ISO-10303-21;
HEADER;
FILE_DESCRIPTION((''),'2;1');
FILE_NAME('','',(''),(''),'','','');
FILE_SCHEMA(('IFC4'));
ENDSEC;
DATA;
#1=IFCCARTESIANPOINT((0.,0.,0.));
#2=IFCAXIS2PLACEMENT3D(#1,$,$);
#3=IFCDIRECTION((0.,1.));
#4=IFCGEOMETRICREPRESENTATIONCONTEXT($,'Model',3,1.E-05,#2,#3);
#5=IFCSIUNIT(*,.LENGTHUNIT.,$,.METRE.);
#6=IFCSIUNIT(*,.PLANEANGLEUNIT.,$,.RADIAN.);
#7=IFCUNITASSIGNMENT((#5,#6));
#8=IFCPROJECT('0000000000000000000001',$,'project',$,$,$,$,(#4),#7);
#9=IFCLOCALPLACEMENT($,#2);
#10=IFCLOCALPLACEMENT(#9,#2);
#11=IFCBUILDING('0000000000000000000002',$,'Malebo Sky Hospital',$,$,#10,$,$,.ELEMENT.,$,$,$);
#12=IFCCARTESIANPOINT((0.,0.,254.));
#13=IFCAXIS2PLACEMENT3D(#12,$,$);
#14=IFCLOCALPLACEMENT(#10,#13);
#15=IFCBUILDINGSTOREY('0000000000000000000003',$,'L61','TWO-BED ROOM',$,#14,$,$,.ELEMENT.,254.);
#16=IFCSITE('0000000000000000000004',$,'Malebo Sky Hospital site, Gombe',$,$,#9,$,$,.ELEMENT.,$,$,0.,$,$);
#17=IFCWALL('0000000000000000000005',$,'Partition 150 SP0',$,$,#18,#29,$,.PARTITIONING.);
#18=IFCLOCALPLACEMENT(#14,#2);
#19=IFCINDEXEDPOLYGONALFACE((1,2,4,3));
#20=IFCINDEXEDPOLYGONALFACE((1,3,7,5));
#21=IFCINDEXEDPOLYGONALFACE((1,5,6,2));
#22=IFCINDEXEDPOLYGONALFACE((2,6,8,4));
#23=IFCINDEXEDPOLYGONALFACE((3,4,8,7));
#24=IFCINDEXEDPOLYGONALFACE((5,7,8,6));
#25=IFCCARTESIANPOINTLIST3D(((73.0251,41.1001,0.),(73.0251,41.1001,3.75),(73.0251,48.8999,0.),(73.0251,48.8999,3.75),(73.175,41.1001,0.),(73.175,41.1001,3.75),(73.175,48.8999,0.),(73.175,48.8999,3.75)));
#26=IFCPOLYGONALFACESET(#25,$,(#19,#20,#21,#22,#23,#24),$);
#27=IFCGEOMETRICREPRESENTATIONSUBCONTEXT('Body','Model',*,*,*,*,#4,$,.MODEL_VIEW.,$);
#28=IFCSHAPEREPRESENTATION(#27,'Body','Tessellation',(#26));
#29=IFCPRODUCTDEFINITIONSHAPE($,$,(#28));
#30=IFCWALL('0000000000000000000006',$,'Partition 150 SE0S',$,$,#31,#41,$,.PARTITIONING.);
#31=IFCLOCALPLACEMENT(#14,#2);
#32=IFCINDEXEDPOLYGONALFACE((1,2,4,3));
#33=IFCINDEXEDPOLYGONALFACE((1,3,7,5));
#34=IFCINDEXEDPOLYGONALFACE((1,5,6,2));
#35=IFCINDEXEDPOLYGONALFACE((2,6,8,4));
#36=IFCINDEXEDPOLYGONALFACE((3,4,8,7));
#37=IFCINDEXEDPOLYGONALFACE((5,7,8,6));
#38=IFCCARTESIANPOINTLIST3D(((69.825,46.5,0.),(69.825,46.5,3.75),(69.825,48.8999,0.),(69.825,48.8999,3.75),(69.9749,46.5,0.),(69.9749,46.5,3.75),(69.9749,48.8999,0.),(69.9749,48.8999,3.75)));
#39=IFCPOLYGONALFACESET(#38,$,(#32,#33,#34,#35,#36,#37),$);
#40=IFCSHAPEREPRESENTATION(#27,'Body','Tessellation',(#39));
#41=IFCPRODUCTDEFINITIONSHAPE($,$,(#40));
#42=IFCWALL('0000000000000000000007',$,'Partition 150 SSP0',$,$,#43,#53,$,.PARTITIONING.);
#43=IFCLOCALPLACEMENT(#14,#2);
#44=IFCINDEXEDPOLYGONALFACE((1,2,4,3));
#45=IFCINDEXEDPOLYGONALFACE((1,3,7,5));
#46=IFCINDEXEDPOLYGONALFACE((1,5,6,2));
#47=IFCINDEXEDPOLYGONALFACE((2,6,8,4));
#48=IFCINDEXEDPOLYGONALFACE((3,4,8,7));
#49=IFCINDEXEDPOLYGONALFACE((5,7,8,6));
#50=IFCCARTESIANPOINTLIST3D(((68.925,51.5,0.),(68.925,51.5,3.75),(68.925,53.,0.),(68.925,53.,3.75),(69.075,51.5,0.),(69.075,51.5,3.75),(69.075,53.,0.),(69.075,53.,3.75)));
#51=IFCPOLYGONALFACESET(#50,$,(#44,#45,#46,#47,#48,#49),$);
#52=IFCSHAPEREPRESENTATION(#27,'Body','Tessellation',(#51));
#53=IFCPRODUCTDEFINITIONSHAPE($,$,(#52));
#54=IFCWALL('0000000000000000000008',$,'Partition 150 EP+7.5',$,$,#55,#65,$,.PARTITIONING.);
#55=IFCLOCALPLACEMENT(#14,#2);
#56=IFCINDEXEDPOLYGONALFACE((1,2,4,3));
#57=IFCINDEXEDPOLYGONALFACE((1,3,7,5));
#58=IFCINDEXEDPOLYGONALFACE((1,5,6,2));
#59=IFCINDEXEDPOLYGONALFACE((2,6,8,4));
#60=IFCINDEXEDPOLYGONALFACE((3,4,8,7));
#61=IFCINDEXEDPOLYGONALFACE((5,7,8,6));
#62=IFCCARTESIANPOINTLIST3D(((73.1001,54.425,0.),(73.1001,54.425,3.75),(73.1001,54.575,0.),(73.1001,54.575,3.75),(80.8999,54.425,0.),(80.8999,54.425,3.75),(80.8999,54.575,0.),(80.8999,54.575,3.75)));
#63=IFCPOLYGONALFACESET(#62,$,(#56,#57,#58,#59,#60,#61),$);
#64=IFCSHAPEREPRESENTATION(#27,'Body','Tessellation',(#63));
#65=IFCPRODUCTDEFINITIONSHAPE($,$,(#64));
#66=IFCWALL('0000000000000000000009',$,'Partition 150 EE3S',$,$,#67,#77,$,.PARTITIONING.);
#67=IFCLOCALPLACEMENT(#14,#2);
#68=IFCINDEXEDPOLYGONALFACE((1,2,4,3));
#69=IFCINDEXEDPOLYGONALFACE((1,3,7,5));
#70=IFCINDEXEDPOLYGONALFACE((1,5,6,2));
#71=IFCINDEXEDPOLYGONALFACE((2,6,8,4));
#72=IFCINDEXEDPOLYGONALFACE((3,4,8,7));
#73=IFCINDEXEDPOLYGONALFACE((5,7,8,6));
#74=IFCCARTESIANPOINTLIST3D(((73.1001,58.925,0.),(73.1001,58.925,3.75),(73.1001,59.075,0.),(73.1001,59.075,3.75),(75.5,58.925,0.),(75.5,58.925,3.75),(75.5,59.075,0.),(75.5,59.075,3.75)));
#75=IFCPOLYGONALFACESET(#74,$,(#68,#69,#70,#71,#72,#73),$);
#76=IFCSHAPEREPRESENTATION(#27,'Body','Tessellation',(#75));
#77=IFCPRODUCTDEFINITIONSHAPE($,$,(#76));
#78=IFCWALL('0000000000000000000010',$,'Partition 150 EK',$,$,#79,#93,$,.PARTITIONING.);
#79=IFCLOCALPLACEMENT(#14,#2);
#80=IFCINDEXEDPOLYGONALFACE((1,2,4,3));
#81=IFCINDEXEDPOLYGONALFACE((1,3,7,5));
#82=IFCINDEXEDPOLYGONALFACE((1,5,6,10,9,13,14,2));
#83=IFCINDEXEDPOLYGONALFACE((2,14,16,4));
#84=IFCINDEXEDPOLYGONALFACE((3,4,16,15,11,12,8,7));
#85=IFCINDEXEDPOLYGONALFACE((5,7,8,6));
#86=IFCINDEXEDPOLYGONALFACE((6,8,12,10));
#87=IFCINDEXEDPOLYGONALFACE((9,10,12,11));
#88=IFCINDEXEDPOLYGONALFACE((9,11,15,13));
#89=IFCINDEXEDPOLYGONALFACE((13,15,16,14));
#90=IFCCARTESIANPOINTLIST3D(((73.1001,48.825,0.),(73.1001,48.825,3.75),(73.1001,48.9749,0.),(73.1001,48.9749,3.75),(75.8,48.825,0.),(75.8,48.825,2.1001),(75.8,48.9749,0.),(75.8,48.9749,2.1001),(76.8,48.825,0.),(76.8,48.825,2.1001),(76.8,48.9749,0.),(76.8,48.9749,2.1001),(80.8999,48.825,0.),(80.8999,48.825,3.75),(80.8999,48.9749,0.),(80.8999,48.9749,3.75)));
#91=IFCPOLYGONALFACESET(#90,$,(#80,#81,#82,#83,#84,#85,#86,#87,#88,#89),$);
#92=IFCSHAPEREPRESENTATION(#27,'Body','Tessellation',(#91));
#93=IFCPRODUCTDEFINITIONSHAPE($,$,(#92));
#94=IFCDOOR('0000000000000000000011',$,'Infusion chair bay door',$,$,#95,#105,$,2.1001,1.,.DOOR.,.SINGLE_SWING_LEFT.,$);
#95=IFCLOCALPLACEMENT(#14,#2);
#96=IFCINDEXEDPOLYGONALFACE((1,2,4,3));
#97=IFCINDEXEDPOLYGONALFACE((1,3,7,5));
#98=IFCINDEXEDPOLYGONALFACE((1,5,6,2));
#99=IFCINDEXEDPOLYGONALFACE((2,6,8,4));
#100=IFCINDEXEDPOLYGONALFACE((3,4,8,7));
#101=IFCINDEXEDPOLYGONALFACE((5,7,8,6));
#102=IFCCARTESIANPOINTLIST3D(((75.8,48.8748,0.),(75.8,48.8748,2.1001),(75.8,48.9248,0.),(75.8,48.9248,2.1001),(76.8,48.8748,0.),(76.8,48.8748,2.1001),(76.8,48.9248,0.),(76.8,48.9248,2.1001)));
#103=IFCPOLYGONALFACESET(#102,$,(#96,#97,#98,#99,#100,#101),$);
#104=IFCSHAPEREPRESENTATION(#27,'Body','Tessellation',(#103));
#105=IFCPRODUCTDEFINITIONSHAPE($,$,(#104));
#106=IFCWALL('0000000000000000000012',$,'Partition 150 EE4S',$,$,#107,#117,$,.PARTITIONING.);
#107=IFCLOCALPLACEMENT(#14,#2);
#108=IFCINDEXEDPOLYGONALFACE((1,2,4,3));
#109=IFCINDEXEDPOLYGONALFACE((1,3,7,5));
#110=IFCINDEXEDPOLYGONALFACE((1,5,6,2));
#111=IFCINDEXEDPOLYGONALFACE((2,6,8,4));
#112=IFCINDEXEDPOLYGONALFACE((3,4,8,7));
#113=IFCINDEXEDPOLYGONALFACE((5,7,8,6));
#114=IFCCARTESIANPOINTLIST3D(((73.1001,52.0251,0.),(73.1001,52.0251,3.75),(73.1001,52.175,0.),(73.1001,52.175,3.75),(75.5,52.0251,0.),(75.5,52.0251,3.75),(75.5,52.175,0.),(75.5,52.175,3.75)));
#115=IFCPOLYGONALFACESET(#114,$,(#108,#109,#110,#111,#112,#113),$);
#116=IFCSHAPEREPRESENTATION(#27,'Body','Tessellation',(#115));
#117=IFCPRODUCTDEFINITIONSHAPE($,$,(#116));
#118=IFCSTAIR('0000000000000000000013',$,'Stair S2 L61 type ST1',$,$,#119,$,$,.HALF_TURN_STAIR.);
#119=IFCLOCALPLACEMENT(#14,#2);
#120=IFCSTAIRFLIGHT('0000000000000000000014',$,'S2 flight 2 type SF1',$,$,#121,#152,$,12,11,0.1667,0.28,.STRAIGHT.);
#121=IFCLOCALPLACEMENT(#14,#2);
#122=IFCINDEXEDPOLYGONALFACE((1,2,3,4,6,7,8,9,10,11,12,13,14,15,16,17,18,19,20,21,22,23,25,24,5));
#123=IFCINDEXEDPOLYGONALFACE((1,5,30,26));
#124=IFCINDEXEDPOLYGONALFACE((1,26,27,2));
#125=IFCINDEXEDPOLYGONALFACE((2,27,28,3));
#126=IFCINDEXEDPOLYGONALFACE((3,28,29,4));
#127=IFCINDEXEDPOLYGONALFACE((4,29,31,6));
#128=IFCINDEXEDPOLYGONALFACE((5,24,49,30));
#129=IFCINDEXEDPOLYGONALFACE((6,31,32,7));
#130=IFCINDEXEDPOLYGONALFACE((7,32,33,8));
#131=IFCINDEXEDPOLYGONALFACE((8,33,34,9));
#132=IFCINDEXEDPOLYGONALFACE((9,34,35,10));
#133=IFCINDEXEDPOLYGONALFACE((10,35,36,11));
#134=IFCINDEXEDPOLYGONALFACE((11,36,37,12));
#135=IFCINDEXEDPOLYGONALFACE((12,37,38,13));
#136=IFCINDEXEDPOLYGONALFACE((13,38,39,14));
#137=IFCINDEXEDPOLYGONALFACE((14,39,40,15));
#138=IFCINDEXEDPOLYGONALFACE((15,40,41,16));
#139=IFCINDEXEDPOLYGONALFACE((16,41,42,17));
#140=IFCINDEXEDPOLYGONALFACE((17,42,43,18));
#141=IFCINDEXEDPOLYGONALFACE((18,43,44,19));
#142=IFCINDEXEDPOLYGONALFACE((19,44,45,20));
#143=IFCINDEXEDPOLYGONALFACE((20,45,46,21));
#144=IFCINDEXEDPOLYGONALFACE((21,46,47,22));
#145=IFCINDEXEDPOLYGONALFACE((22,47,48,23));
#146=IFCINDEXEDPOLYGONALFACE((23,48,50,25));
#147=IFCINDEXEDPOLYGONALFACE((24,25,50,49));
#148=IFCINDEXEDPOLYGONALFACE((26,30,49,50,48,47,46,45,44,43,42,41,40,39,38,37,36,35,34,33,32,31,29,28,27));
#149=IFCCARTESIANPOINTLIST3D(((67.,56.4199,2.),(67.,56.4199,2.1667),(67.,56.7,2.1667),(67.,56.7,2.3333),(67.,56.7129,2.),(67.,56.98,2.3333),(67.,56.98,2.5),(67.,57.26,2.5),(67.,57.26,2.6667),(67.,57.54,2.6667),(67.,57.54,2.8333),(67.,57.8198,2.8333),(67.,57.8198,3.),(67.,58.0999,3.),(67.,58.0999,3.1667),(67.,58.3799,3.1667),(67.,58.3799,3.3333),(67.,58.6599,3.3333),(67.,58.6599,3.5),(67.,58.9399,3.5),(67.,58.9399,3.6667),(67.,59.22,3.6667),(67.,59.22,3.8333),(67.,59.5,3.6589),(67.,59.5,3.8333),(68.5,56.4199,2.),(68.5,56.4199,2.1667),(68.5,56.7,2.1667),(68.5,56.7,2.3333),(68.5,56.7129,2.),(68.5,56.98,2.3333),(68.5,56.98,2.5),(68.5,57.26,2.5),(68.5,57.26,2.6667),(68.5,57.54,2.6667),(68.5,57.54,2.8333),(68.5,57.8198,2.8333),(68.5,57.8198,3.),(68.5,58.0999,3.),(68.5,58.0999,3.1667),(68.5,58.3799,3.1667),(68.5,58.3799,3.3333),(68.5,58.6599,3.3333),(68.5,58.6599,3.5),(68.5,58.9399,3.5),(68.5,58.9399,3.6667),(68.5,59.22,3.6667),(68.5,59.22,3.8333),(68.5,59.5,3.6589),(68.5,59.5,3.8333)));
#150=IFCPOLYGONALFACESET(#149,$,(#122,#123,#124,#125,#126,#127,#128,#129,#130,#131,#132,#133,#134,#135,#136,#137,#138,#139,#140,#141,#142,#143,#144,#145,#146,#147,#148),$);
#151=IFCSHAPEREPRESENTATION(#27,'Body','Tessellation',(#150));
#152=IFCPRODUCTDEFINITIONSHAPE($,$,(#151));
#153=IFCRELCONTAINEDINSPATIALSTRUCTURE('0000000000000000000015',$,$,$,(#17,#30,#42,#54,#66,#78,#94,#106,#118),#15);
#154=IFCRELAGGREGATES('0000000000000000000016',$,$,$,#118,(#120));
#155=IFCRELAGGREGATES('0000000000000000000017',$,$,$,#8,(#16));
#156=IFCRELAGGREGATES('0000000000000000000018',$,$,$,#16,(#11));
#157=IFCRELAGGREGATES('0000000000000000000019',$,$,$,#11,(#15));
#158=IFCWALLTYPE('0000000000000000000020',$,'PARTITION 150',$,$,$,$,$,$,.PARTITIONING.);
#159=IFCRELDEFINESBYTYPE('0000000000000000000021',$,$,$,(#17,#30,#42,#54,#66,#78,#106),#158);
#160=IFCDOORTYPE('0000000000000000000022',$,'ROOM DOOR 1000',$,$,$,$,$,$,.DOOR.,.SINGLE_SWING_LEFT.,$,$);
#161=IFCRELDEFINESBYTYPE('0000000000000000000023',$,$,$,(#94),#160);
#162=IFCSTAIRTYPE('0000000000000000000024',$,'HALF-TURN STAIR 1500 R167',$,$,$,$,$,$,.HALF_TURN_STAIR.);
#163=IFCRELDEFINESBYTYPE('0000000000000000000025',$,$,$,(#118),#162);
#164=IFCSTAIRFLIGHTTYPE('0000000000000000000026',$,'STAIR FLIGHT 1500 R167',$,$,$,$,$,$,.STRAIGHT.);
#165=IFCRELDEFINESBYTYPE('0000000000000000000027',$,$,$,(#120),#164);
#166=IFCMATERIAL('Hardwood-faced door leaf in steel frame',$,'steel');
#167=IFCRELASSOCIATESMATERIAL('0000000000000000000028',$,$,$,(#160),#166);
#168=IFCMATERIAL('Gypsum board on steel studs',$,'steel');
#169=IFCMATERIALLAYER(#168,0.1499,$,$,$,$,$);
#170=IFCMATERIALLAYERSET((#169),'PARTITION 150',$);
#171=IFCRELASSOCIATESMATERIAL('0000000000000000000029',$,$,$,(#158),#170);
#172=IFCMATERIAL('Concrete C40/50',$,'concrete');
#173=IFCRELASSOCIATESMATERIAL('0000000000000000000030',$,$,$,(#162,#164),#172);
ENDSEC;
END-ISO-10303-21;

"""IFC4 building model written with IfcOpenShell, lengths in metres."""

from ifc_helpers import new_model, si_unit, direction, frame, frame_2d, origin, place, context, subcontext, project, spatial, polyline, rectangle, outline, extrude, material, layer, layer_set, type_object, element, fill, aggregate, save


model = new_model("IFC4")

# Units and contexts
model_context = context("Model", 3, precision=1e-05, world=origin(), true_north=direction((0.0, 1.0)))
body_context = subcontext(model_context, "Body", "Model", "MODEL_VIEW")
ifc_project = project(units=[si_unit("LENGTHUNIT", "METRE"), si_unit("PLANEANGLEUNIT", "RADIAN")], contexts=[model_context])

# Site, building, storey
site_placement = place(None, origin())
site = spatial("IfcSite", under=ifc_project, at=site_placement, Name="Malebo Sky Hospital site, Gombe", CompositionType="ELEMENT", RefElevation=0.0)
building_placement = place(site_placement, origin())
building = spatial("IfcBuilding", under=site, at=building_placement, Name="Malebo Sky Hospital", CompositionType="ELEMENT")
storey_placement = place(building_placement, frame((0.0, 0.0, 254.0)))
storey = spatial("IfcBuildingStorey", under=building, at=storey_placement, Name="L61", Description="TWO-BED ROOM", CompositionType="ELEMENT", Elevation=254.0)

# Shared definitions
ifc_material_1 = material(Name="Hardwood-faced door leaf in steel frame", Category="steel")

# Shared definitions
ifc_material_2 = material(Name="Gypsum board on steel studs", Category="steel")
door_type_1 = type_object("IfcDoorType", Name="ROOM DOOR 1000", OperationType="SINGLE_SWING_LEFT", PredefinedType="DOOR", material=ifc_material_1)

# Walls
ifc_layer_1 = layer(ifc_material_2, 0.1499)
ifc_layer_set_1 = layer_set([ifc_layer_1], Name="PARTITION 150")
wall_type_1 = type_object("IfcWallType", Name="PARTITION 150", PredefinedType="PARTITIONING", material=ifc_layer_set_1)
for number, where, z_axis, x_axis, name in (
    (1, (73.1001, 48.8999, 0.0), (0.0, 0.0, 1.0), (0.0, -1.0, 0.0), "Partition 150 SP0"),
):
    element("IfcWall", number, at=place(storey_placement, frame(where, z_axis=z_axis, x_axis=x_axis)), inside=storey, type_object=wall_type_1, Name=name, PredefinedType="PARTITIONING", context=body_context, shape_type="SweptSolid", body=[
        extrude(rectangle(XDim=7.7998, YDim=0.1499, at=frame_2d((3.8999, 0.0))), origin(), (0.0, 0.0, 1.0), 3.75),
    ])
wall_1_placement = place(storey_placement, frame((69.8999, 48.8999, 0.0), z_axis=(0.0, 0.0, 1.0), x_axis=(0.0, -1.0, 0.0)))
element("IfcWall", 2, at=wall_1_placement, inside=storey, type_object=wall_type_1, Name="Partition 150 SE0S", PredefinedType="PARTITIONING", context=body_context, shape_type="SweptSolid", body=[
    extrude(rectangle(XDim=2.3999, YDim=0.1499, at=frame_2d((1.2, 0.0))), origin(), (0.0, 0.0, 1.0), 3.75),
])
wall_2_placement = place(storey_placement, frame((69.0, 53.0, 0.0), z_axis=(0.0, 0.0, 1.0), x_axis=(0.0, -1.0, 0.0)))
element("IfcWall", 3, at=wall_2_placement, inside=storey, type_object=wall_type_1, Name="Partition 150 SSP0", PredefinedType="PARTITIONING", context=body_context, shape_type="SweptSolid", body=[
    extrude(rectangle(XDim=1.5, YDim=0.1499, at=frame_2d((0.75, 0.0))), origin(), (0.0, 0.0, 1.0), 3.75),
])
wall_3_placement = place(storey_placement, frame((73.1001, 54.5, 0.0), z_axis=(0.0, 0.0, 1.0), x_axis=(1.0, 0.0, 0.0)))
element("IfcWall", 4, at=wall_3_placement, inside=storey, type_object=wall_type_1, Name="Partition 150 EP+7.5", PredefinedType="PARTITIONING", context=body_context, shape_type="SweptSolid", body=[
    extrude(rectangle(XDim=7.7998, YDim=0.1499, at=frame_2d((3.8999, 0.0))), origin(), (0.0, 0.0, 1.0), 3.75),
])
wall_4_placement = place(storey_placement, frame((73.1001, 59.0, 0.0), z_axis=(0.0, 0.0, 1.0), x_axis=(1.0, 0.0, 0.0)))
element("IfcWall", 5, at=wall_4_placement, inside=storey, type_object=wall_type_1, Name="Partition 150 EE3S", PredefinedType="PARTITIONING", context=body_context, shape_type="SweptSolid", body=[
    extrude(rectangle(XDim=2.3999, YDim=0.1499, at=frame_2d((1.2, 0.0))), origin(), (0.0, 0.0, 1.0), 3.75),
])

# Wall, opening, door
wall_5_placement = place(storey_placement, frame((73.1001, 48.8999, 0.0), z_axis=(0.0, 0.0, 1.0), x_axis=(1.0, 0.0, 0.0)))
wall_5 = element("IfcWall", 6, at=wall_5_placement, inside=storey, type_object=wall_type_1, Name="Partition 150 EK", PredefinedType="PARTITIONING", context=body_context, shape_type="SweptSolid", body=[
    extrude(rectangle(XDim=7.7998, YDim=0.1499, at=frame_2d((3.8999, 0.0))), origin(), (0.0, 0.0, 1.0), 3.75),
])
opening_1_placement = place(wall_5_placement, frame((2.7, 0.0, 0.0)))
opening_1 = element("IfcOpeningElement", 7, at=opening_1_placement, cuts=wall_5, PredefinedType="OPENING", context=body_context, shape_type="SweptSolid", body=[
    extrude(rectangle(XDim=1.0, YDim=2.1001, at=frame_2d((0.5, 1.05))), frame((0.0, 0.085, 0.0), z_axis=(0.0, -1.0, 0.0), x_axis=(1.0, 0.0, 0.0)), (0.0, 0.0, 1.0), 0.1699),
])
door_1_placement = place(opening_1_placement, origin())
door_1 = element("IfcDoor", 8, at=door_1_placement, inside=storey, type_object=door_type_1, Name="Infusion chair bay door", OperationType="SINGLE_SWING_LEFT", OverallHeight=2.1001, OverallWidth=1.0, PredefinedType="DOOR", context=body_context, shape_type="SweptSolid", body=[
    extrude(rectangle(XDim=1.0, YDim=2.1001, at=frame_2d((0.5, 1.05))), frame((0.0, 0.0249, 0.0), z_axis=(0.0, -1.0, 0.0), x_axis=(1.0, 0.0, 0.0)), (0.0, 0.0, 1.0), 0.05),
])
fill(opening_1, door_1)

# Wall
wall_6_placement = place(storey_placement, frame((73.1001, 52.1001, 0.0), z_axis=(0.0, 0.0, 1.0), x_axis=(1.0, 0.0, 0.0)))
element("IfcWall", 9, at=wall_6_placement, inside=storey, type_object=wall_type_1, Name="Partition 150 EE4S", PredefinedType="PARTITIONING", context=body_context, shape_type="SweptSolid", body=[
    extrude(rectangle(XDim=2.3999, YDim=0.1499, at=frame_2d((1.2, 0.0))), origin(), (0.0, 0.0, 1.0), 3.75),
])

# Stair, stair flight
ifc_material_3 = material(Name="Concrete C40/50", Category="concrete")
stair_type = type_object("IfcStairType", Name="HALF-TURN STAIR 1500 R167", PredefinedType="HALF_TURN_STAIR", material=ifc_material_3)
stair_placement = place(storey_placement, origin())
stair = element("IfcStair", 10, at=stair_placement, inside=storey, type_object=stair_type, Name="Stair S2 L61 type ST1", PredefinedType="HALF_TURN_STAIR")
stair_flight_type = type_object("IfcStairFlightType", Name="STAIR FLIGHT 1500 R167", PredefinedType="STRAIGHT", material=ifc_material_3)
stair_flight_placement = place(storey_placement, frame((67.75, 56.4199, 2.0), z_axis=(0.0, 0.0, 1.0), x_axis=(0.0, 1.0, 0.0)))
stair_flight = element("IfcStairFlight", 11, at=stair_flight_placement, type_object=stair_flight_type, Name="S2 flight 2 type SF1", NumberOfRisers=12, NumberOfTreads=11, PredefinedType="STRAIGHT", RiserHeight=0.1667, TreadLength=0.28, context=body_context, shape_type="SweptSolid", body=[
    extrude(outline(polyline([(0.0, 0.0), (0.0, 0.1667), (0.28, 0.1667), (0.28, 0.3333), (0.5601, 0.3333), (0.5601, 0.5), (0.8401, 0.5), (0.8401, 0.6667), (1.1201, 0.6667), (1.1201, 0.8333), (1.3999, 0.8333), (1.3999, 1.0), (1.6799, 1.0), (1.6799, 1.1667), (1.96, 1.1667), (1.96, 1.3333), (2.24, 1.3333), (2.24, 1.5), (2.52, 1.5), (2.52, 1.6667), (2.8, 1.6667), (2.8, 1.8333), (3.0801, 1.8333), (3.0801, 2.0), (3.0801, 1.6589), (0.293, 0.0), (0.0, 0.0)])), frame((0.0, 0.75, 0.0), z_axis=(0.0, -1.0, 0.0), x_axis=(1.0, 0.0, 0.0)), (0.0, 0.0, 1.0), 1.5),
])
aggregate(stair, [stair_flight])

save(model, "model.ifc")
